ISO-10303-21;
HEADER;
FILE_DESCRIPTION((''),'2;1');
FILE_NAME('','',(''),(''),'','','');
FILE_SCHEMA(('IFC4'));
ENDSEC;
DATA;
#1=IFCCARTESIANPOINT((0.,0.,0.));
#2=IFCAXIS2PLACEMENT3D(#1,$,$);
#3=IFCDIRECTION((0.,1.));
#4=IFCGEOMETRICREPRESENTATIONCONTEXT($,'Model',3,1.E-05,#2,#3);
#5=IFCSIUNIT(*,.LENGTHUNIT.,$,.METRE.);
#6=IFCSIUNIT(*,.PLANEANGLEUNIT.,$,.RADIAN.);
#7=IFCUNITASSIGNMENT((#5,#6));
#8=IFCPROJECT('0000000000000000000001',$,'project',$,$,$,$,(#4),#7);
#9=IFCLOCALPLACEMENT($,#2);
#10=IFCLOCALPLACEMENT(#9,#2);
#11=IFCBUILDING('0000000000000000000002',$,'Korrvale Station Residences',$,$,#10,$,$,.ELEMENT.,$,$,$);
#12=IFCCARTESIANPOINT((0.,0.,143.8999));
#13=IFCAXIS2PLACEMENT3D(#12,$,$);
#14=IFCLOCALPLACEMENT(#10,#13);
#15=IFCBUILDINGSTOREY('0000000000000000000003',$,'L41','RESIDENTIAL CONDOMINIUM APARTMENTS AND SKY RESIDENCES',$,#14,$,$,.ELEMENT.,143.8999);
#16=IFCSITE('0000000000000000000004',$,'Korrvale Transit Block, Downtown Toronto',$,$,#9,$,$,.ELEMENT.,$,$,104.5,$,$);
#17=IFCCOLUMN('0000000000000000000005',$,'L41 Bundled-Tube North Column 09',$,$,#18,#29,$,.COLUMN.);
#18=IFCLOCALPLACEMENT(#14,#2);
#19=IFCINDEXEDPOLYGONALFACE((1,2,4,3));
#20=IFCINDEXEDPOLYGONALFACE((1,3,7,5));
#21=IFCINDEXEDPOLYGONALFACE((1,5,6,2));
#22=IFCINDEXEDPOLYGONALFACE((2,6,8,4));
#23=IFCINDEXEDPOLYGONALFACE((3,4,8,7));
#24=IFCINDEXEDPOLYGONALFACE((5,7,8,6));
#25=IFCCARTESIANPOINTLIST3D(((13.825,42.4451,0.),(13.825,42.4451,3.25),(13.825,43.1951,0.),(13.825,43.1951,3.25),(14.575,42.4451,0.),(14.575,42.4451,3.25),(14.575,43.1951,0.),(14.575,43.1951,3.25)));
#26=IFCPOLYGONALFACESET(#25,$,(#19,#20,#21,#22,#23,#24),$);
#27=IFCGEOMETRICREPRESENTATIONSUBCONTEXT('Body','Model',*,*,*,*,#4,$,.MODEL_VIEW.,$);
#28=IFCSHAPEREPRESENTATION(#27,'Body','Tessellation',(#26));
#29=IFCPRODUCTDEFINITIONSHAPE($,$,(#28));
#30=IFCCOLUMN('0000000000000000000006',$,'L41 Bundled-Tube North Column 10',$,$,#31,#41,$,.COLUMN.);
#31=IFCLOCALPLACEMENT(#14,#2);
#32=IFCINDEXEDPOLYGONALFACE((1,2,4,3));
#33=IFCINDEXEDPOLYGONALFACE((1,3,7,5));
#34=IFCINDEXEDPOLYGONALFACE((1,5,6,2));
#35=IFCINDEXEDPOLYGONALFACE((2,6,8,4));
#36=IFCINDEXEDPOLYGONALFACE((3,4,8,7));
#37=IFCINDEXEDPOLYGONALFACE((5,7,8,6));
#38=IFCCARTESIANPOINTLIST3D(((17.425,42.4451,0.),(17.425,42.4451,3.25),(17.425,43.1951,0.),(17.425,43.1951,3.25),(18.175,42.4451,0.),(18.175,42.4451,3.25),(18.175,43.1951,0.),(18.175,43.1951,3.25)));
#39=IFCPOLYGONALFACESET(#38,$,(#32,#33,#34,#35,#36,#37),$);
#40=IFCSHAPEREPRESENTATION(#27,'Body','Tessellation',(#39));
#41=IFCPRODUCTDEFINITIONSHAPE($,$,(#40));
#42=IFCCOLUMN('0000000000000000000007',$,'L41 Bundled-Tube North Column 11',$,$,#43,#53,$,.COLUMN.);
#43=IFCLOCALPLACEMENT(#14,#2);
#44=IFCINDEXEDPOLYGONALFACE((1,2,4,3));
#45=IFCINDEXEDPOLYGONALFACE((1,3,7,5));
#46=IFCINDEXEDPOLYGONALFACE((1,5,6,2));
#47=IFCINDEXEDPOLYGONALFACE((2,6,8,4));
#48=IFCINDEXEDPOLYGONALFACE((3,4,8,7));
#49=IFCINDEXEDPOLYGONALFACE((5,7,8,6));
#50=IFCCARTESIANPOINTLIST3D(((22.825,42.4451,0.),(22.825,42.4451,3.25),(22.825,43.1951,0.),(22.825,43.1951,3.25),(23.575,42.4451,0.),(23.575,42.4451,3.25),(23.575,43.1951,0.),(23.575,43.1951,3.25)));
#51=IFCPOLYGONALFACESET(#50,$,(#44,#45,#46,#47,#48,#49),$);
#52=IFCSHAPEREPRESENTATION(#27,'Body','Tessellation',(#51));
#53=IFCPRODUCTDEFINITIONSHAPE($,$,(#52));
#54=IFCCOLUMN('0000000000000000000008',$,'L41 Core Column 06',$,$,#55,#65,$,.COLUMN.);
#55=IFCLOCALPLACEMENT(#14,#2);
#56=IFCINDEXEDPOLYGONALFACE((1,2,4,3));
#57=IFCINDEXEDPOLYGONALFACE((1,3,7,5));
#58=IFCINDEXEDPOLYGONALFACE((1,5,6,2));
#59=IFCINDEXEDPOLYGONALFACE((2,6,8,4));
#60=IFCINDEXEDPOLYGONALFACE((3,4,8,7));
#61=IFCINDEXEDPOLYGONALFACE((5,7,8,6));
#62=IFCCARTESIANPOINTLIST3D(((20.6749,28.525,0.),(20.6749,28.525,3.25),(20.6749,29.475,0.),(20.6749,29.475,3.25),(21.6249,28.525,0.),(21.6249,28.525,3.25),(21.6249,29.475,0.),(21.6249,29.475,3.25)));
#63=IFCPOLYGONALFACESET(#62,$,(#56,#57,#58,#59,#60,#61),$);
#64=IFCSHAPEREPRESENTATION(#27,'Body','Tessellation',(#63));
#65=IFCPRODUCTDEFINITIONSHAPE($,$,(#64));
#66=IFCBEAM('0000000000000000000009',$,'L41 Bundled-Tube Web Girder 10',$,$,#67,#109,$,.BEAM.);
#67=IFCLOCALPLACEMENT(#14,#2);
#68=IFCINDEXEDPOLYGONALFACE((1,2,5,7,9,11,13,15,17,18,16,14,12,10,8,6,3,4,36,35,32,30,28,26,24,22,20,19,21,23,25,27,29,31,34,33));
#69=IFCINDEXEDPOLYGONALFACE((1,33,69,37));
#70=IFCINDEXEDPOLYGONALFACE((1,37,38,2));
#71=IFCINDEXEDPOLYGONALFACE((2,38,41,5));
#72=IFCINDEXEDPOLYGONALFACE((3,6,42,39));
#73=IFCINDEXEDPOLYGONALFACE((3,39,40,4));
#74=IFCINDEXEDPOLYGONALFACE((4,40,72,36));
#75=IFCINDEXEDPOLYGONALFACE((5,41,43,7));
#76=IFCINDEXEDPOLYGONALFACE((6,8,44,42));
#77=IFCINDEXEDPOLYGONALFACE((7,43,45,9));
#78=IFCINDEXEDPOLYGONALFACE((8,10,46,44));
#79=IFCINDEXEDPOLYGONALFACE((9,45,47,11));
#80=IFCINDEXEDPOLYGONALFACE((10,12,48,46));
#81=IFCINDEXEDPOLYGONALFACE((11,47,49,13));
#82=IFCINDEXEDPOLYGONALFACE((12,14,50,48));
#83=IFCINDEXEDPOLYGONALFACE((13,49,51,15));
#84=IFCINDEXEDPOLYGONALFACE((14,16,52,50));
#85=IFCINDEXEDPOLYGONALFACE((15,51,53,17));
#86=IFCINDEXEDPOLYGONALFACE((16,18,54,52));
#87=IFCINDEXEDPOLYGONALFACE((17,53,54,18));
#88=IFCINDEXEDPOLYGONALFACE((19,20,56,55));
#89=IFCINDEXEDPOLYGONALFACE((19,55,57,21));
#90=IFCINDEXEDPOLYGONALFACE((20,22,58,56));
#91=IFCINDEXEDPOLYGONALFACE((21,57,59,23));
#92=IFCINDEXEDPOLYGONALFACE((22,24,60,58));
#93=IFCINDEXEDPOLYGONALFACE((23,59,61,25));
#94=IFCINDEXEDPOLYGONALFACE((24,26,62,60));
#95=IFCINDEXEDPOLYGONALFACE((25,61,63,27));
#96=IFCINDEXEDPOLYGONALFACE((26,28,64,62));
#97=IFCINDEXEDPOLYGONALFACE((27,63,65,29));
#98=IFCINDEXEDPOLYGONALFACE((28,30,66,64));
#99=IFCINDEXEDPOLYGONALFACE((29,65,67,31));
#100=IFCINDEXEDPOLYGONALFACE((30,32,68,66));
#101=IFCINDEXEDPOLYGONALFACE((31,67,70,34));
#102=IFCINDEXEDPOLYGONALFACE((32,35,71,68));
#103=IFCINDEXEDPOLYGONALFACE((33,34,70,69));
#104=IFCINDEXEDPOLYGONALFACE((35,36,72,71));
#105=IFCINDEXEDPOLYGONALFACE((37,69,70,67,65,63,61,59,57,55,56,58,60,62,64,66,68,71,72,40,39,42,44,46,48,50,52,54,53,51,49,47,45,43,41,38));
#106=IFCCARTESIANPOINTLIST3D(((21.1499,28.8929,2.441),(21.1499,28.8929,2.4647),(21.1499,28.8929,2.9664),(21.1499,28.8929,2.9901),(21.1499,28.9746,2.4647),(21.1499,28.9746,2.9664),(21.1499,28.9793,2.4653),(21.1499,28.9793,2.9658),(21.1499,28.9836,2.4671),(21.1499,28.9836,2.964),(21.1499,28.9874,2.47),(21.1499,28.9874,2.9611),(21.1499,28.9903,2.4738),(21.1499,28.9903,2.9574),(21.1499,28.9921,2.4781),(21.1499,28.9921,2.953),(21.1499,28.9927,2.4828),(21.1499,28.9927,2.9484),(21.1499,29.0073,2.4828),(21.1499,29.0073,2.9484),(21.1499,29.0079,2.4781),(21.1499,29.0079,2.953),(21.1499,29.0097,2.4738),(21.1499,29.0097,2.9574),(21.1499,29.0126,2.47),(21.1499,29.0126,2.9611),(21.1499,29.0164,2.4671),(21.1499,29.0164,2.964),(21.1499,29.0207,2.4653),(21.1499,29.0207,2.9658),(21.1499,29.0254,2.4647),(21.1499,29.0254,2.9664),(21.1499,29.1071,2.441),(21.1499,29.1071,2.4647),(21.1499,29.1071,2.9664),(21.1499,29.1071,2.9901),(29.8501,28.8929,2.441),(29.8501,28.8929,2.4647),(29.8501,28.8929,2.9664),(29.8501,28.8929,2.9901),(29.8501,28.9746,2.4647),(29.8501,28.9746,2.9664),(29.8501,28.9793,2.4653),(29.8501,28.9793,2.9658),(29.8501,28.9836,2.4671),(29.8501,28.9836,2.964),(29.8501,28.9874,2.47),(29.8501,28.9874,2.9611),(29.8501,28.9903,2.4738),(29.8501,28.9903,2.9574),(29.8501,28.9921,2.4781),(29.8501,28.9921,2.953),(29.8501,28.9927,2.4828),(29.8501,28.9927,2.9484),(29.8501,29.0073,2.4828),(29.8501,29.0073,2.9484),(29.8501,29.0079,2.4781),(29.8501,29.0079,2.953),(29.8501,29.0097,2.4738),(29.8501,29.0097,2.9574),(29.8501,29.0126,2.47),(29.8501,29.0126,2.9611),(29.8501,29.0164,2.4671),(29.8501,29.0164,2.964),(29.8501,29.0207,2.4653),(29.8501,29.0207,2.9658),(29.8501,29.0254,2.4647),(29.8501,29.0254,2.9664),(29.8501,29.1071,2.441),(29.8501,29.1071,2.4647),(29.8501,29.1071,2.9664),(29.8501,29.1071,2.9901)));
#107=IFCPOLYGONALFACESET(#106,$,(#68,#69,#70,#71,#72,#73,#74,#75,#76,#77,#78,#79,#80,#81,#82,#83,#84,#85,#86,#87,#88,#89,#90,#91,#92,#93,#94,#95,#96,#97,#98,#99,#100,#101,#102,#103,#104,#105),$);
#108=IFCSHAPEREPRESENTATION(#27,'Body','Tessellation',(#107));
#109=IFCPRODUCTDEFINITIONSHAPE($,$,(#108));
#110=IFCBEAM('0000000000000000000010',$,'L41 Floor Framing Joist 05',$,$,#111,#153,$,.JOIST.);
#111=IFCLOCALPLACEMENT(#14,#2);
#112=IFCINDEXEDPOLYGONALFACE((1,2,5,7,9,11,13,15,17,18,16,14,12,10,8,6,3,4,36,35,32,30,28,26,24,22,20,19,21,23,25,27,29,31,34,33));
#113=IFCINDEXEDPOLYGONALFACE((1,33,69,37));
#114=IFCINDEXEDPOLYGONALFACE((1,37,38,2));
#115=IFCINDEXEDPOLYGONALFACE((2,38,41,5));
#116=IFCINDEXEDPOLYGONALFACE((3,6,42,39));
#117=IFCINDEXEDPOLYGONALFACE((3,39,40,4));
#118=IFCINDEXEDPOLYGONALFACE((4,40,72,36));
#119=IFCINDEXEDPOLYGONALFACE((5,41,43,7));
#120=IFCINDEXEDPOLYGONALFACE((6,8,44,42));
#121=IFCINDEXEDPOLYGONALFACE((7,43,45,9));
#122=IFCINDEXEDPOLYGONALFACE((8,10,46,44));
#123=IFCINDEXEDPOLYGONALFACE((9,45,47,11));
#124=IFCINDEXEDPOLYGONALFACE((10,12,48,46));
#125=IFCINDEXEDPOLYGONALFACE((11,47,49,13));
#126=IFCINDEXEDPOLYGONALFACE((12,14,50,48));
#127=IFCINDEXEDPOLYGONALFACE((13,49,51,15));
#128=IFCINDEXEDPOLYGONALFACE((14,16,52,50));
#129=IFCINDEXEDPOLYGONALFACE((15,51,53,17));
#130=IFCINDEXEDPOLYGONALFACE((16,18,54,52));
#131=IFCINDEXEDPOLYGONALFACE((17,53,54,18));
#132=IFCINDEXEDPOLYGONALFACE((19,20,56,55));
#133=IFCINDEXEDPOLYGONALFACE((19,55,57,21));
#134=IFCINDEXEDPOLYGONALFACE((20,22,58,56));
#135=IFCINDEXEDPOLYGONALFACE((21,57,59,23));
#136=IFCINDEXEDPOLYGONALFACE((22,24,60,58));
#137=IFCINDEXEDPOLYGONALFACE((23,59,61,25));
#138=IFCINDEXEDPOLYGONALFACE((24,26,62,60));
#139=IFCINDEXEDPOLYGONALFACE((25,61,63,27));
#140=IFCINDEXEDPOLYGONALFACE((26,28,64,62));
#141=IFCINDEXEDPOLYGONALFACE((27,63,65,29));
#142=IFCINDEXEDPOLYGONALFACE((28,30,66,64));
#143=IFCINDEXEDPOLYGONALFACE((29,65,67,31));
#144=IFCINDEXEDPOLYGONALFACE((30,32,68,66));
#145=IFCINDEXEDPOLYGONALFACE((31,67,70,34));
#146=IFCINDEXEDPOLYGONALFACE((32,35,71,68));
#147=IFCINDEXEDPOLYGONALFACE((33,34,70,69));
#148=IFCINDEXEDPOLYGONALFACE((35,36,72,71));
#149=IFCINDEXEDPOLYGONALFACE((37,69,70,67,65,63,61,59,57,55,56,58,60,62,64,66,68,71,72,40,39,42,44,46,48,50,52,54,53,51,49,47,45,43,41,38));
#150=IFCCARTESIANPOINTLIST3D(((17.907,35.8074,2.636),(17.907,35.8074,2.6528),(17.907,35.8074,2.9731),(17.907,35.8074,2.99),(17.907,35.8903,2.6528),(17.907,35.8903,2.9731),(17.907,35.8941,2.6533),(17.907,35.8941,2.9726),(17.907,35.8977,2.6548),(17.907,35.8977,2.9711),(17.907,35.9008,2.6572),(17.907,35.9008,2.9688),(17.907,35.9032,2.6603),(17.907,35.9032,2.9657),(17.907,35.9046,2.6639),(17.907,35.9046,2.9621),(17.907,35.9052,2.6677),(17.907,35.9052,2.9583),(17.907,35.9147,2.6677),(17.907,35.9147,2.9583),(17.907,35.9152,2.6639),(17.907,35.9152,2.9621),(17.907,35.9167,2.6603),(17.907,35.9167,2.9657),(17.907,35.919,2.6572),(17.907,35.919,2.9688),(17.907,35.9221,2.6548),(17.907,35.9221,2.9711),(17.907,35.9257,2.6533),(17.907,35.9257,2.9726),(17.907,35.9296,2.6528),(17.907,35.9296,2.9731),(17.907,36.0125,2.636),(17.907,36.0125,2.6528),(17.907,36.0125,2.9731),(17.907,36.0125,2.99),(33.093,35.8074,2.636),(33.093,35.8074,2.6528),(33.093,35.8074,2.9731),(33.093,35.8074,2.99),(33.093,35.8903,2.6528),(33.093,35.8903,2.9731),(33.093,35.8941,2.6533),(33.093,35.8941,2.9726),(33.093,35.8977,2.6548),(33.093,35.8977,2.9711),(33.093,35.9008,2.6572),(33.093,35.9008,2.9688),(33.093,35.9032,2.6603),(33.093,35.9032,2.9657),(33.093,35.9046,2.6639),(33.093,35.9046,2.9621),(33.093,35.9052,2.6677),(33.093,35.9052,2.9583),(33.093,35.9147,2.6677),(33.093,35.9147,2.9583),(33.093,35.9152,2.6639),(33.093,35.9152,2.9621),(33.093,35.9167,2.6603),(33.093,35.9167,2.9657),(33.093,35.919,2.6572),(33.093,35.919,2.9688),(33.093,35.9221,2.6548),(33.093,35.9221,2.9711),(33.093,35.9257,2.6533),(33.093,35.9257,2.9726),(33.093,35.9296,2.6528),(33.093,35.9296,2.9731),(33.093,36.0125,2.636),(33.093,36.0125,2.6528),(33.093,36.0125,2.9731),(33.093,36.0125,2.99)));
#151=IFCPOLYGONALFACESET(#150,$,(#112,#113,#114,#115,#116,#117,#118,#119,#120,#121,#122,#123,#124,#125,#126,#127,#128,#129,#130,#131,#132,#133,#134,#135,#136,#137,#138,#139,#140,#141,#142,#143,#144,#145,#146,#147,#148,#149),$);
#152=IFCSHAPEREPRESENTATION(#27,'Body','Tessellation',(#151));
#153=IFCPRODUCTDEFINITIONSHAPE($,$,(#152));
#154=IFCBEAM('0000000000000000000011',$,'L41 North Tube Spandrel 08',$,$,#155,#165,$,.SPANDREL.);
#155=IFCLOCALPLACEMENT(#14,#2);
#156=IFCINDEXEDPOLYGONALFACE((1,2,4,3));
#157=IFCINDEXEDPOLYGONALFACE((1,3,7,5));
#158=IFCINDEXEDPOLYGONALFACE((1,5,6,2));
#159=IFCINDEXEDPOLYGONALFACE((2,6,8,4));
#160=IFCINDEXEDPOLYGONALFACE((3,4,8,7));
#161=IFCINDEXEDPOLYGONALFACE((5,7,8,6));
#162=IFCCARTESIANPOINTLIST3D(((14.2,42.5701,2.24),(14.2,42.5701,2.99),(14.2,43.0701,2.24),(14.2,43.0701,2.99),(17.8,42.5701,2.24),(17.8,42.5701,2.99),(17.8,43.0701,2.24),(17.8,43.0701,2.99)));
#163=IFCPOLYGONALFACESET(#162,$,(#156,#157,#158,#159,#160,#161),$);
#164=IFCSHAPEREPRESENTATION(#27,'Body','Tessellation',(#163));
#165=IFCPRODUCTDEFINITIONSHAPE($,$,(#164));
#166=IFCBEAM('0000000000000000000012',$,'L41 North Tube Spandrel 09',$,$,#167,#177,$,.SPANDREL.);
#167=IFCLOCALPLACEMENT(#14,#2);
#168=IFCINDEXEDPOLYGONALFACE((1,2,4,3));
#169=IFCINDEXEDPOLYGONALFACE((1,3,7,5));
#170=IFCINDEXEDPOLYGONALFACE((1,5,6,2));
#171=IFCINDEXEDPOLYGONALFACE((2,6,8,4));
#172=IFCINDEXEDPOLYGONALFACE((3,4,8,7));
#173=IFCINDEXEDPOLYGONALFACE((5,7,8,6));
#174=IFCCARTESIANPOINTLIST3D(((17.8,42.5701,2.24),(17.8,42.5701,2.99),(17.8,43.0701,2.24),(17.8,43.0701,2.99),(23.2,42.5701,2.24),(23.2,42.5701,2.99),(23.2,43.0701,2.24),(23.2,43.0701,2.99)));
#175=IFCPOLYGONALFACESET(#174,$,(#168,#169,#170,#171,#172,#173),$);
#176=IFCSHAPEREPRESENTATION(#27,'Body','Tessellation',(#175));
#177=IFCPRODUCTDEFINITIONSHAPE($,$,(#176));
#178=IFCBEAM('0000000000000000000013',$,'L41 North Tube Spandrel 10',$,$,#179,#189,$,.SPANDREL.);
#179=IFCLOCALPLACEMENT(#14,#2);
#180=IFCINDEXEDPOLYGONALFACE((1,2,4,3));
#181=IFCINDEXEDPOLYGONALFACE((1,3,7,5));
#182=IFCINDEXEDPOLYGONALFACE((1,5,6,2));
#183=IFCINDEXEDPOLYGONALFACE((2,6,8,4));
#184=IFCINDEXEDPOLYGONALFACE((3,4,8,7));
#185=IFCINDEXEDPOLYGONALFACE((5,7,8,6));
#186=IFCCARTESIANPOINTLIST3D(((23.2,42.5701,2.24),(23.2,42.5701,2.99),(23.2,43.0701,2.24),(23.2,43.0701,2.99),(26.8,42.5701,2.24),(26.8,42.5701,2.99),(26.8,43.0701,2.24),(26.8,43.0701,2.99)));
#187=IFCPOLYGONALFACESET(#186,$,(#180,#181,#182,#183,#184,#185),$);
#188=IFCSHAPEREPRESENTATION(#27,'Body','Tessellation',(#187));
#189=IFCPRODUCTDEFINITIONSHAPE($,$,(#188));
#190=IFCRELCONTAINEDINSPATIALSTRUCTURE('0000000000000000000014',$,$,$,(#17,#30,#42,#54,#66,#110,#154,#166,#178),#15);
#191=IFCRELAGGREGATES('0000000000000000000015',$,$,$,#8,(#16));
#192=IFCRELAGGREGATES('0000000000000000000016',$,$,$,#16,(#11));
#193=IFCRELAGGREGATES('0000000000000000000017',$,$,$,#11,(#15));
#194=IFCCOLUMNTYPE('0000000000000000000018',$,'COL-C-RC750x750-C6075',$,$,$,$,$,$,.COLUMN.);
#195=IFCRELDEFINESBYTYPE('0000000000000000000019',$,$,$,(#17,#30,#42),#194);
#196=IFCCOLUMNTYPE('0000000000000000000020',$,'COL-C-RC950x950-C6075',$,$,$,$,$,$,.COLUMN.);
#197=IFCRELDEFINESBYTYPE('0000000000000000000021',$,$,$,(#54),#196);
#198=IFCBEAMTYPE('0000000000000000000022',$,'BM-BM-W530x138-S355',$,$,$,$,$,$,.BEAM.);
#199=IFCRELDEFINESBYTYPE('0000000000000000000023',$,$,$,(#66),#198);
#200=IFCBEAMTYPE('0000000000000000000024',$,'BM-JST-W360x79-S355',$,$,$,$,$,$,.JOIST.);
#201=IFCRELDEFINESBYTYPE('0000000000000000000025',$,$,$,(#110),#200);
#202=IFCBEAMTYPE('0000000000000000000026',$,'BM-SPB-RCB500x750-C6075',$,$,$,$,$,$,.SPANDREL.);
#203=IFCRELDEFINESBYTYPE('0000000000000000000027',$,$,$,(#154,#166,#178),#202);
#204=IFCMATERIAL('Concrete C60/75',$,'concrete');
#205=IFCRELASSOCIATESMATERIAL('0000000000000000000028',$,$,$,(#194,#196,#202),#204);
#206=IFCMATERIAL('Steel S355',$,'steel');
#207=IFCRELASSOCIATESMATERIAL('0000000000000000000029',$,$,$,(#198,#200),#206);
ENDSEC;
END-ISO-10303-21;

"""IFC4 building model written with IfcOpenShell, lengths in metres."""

from ifc_helpers import new_model, si_unit, direction, frame, origin, origin_2d, place, context, subcontext, project, spatial, rectangle, i_section, extrude, material, material_profile, profile_set, type_object, element, save


model = new_model("IFC4")

# Units and contexts
model_context = context("Model", 3, precision=1e-05, world=origin(), true_north=direction((0.0, 1.0)))
body_context = subcontext(model_context, "Body", "Model", "MODEL_VIEW")
ifc_project = project(units=[si_unit("LENGTHUNIT", "METRE"), si_unit("PLANEANGLEUNIT", "RADIAN")], contexts=[model_context])

# Site, building, storey
site_placement = place(None, origin())
site = spatial("IfcSite", under=ifc_project, at=site_placement, Name="Korrvale Transit Block, Downtown Toronto", CompositionType="ELEMENT", RefElevation=104.5)
building_placement = place(site_placement, origin())
building = spatial("IfcBuilding", under=site, at=building_placement, Name="Korrvale Station Residences", CompositionType="ELEMENT")
storey_placement = place(building_placement, frame((0.0, 0.0, 143.8999)))
storey = spatial("IfcBuildingStorey", under=building, at=storey_placement, Name="L41", Description="RESIDENTIAL CONDOMINIUM APARTMENTS AND SKY RESIDENCES", CompositionType="ELEMENT", Elevation=143.8999)

# Columns
ifc_material_1 = material(Name="Concrete C60/75", Category="concrete")
ifc_material_profile_1 = material_profile(ifc_material_1, rectangle(XDim=0.75, YDim=0.75, at=origin_2d()), Name="RC750x750")
ifc_profile_set_1 = profile_set([ifc_material_profile_1], Name="Concrete C60/75")
column_type_1 = type_object("IfcColumnType", Name="COL-C-RC750x750-C6075", PredefinedType="COLUMN", material=ifc_profile_set_1)
for number, where, z_axis, x_axis, name in (
    (1, (14.2, 42.8201, 0.0), (0.0, 0.0, 1.0), (1.0, 0.0, 0.0), "L41 Bundled-Tube North Column 09"),
    (2, (17.8, 42.8201, 0.0), (0.0, 0.0, 1.0), (1.0, 0.0, 0.0), "L41 Bundled-Tube North Column 10"),
    (3, (23.2, 42.8201, 0.0), (0.0, 0.0, 1.0), (1.0, 0.0, 0.0), "L41 Bundled-Tube North Column 11"),
):
    element("IfcColumn", number, at=place(storey_placement, frame(where, z_axis=z_axis, x_axis=x_axis)), inside=storey, type_object=column_type_1, Name=name, PredefinedType="COLUMN", context=body_context, shape_type="SweptSolid", body=[
        extrude(rectangle(XDim=0.75, YDim=0.75, at=origin_2d()), origin(), (0.0, 0.0, 1.0), 3.25),
    ])
ifc_material_profile_2 = material_profile(ifc_material_1, rectangle(XDim=0.95, YDim=0.95, at=origin_2d()), Name="RC950x950")
ifc_profile_set_2 = profile_set([ifc_material_profile_2], Name="Concrete C60/75")
column_type_2 = type_object("IfcColumnType", Name="COL-C-RC950x950-C6075", PredefinedType="COLUMN", material=ifc_profile_set_2)
column_placement = place(storey_placement, frame((21.1499, 29.0, 0.0), z_axis=(0.0, 0.0, 1.0), x_axis=(1.0, 0.0, 0.0)))
element("IfcColumn", 4, at=column_placement, inside=storey, type_object=column_type_2, Name="L41 Core Column 06", PredefinedType="COLUMN", context=body_context, shape_type="SweptSolid", body=[
    extrude(rectangle(XDim=0.95, YDim=0.95, at=origin_2d()), origin(), (0.0, 0.0, 1.0), 3.25),
])

# Beams
ifc_material_2 = material(Name="Steel S355", Category="steel")
ifc_material_profile_3 = material_profile(ifc_material_2, i_section(OverallWidth=0.2141, OverallDepth=0.5491, WebThickness=0.0146, FlangeThickness=0.0237, FilletRadius=0.0181, at=origin_2d()), Name="W530x138")
ifc_profile_set_3 = profile_set([ifc_material_profile_3], Name="Steel S355")
beam_type_1 = type_object("IfcBeamType", Name="BM-BM-W530x138-S355", PredefinedType="BEAM", material=ifc_profile_set_3)
beam_1_placement = place(storey_placement, frame((21.1499, 29.0, 2.7156), z_axis=(1.0, 0.0, 0.0), x_axis=(0.0, 1.0, 0.0)))
element("IfcBeam", 5, at=beam_1_placement, inside=storey, type_object=beam_type_1, Name="L41 Bundled-Tube Web Girder 10", PredefinedType="BEAM", context=body_context, shape_type="SweptSolid", body=[
    extrude(i_section(OverallWidth=0.2141, OverallDepth=0.5491, WebThickness=0.0146, FlangeThickness=0.0237, FilletRadius=0.0181, at=origin_2d()), origin(), (0.0, 0.0, 1.0), 8.7002),
])
ifc_material_profile_4 = material_profile(ifc_material_2, i_section(OverallWidth=0.2051, OverallDepth=0.354, WebThickness=0.0095, FlangeThickness=0.0168, FilletRadius=0.0149, at=origin_2d()), Name="W360x79")
ifc_profile_set_4 = profile_set([ifc_material_profile_4], Name="Steel S355")
beam_type_2 = type_object("IfcBeamType", Name="BM-JST-W360x79-S355", PredefinedType="JOIST", material=ifc_profile_set_4)
beam_2_placement = place(storey_placement, frame((17.907, 35.9099, 2.813), z_axis=(1.0, 0.0, 0.0), x_axis=(0.0, 1.0, 0.0)))
element("IfcBeam", 6, at=beam_2_placement, inside=storey, type_object=beam_type_2, Name="L41 Floor Framing Joist 05", PredefinedType="JOIST", context=body_context, shape_type="SweptSolid", body=[
    extrude(i_section(OverallWidth=0.2051, OverallDepth=0.354, WebThickness=0.0095, FlangeThickness=0.0168, FilletRadius=0.0149, at=origin_2d()), origin(), (0.0, 0.0, 1.0), 15.186),
])
ifc_material_profile_5 = material_profile(ifc_material_1, rectangle(XDim=0.5, YDim=0.75, at=origin_2d()), Name="RCB500x750")
ifc_profile_set_5 = profile_set([ifc_material_profile_5], Name="Concrete C60/75")
beam_type_3 = type_object("IfcBeamType", Name="BM-SPB-RCB500x750-C6075", PredefinedType="SPANDREL", material=ifc_profile_set_5)
beam_3_placement = place(storey_placement, frame((14.2, 42.8201, 2.615), z_axis=(1.0, 0.0, 0.0), x_axis=(0.0, 1.0, 0.0)))
element("IfcBeam", 7, at=beam_3_placement, inside=storey, type_object=beam_type_3, Name="L41 North Tube Spandrel 08", PredefinedType="SPANDREL", context=body_context, shape_type="SweptSolid", body=[
    extrude(rectangle(XDim=0.5, YDim=0.75, at=origin_2d()), origin(), (0.0, 0.0, 1.0), 3.6001),
])
beam_4_placement = place(storey_placement, frame((17.8, 42.8201, 2.615), z_axis=(1.0, 0.0, 0.0), x_axis=(0.0, 1.0, 0.0)))
element("IfcBeam", 8, at=beam_4_placement, inside=storey, type_object=beam_type_3, Name="L41 North Tube Spandrel 09", PredefinedType="SPANDREL", context=body_context, shape_type="SweptSolid", body=[
    extrude(rectangle(XDim=0.5, YDim=0.75, at=origin_2d()), origin(), (0.0, 0.0, 1.0), 5.3999),
])
beam_5_placement = place(storey_placement, frame((23.2, 42.8201, 2.615), z_axis=(1.0, 0.0, 0.0), x_axis=(0.0, 1.0, 0.0)))
element("IfcBeam", 9, at=beam_5_placement, inside=storey, type_object=beam_type_3, Name="L41 North Tube Spandrel 10", PredefinedType="SPANDREL", context=body_context, shape_type="SweptSolid", body=[
    extrude(rectangle(XDim=0.5, YDim=0.75, at=origin_2d()), origin(), (0.0, 0.0, 1.0), 3.6001),
])

save(model, "model.ifc")
